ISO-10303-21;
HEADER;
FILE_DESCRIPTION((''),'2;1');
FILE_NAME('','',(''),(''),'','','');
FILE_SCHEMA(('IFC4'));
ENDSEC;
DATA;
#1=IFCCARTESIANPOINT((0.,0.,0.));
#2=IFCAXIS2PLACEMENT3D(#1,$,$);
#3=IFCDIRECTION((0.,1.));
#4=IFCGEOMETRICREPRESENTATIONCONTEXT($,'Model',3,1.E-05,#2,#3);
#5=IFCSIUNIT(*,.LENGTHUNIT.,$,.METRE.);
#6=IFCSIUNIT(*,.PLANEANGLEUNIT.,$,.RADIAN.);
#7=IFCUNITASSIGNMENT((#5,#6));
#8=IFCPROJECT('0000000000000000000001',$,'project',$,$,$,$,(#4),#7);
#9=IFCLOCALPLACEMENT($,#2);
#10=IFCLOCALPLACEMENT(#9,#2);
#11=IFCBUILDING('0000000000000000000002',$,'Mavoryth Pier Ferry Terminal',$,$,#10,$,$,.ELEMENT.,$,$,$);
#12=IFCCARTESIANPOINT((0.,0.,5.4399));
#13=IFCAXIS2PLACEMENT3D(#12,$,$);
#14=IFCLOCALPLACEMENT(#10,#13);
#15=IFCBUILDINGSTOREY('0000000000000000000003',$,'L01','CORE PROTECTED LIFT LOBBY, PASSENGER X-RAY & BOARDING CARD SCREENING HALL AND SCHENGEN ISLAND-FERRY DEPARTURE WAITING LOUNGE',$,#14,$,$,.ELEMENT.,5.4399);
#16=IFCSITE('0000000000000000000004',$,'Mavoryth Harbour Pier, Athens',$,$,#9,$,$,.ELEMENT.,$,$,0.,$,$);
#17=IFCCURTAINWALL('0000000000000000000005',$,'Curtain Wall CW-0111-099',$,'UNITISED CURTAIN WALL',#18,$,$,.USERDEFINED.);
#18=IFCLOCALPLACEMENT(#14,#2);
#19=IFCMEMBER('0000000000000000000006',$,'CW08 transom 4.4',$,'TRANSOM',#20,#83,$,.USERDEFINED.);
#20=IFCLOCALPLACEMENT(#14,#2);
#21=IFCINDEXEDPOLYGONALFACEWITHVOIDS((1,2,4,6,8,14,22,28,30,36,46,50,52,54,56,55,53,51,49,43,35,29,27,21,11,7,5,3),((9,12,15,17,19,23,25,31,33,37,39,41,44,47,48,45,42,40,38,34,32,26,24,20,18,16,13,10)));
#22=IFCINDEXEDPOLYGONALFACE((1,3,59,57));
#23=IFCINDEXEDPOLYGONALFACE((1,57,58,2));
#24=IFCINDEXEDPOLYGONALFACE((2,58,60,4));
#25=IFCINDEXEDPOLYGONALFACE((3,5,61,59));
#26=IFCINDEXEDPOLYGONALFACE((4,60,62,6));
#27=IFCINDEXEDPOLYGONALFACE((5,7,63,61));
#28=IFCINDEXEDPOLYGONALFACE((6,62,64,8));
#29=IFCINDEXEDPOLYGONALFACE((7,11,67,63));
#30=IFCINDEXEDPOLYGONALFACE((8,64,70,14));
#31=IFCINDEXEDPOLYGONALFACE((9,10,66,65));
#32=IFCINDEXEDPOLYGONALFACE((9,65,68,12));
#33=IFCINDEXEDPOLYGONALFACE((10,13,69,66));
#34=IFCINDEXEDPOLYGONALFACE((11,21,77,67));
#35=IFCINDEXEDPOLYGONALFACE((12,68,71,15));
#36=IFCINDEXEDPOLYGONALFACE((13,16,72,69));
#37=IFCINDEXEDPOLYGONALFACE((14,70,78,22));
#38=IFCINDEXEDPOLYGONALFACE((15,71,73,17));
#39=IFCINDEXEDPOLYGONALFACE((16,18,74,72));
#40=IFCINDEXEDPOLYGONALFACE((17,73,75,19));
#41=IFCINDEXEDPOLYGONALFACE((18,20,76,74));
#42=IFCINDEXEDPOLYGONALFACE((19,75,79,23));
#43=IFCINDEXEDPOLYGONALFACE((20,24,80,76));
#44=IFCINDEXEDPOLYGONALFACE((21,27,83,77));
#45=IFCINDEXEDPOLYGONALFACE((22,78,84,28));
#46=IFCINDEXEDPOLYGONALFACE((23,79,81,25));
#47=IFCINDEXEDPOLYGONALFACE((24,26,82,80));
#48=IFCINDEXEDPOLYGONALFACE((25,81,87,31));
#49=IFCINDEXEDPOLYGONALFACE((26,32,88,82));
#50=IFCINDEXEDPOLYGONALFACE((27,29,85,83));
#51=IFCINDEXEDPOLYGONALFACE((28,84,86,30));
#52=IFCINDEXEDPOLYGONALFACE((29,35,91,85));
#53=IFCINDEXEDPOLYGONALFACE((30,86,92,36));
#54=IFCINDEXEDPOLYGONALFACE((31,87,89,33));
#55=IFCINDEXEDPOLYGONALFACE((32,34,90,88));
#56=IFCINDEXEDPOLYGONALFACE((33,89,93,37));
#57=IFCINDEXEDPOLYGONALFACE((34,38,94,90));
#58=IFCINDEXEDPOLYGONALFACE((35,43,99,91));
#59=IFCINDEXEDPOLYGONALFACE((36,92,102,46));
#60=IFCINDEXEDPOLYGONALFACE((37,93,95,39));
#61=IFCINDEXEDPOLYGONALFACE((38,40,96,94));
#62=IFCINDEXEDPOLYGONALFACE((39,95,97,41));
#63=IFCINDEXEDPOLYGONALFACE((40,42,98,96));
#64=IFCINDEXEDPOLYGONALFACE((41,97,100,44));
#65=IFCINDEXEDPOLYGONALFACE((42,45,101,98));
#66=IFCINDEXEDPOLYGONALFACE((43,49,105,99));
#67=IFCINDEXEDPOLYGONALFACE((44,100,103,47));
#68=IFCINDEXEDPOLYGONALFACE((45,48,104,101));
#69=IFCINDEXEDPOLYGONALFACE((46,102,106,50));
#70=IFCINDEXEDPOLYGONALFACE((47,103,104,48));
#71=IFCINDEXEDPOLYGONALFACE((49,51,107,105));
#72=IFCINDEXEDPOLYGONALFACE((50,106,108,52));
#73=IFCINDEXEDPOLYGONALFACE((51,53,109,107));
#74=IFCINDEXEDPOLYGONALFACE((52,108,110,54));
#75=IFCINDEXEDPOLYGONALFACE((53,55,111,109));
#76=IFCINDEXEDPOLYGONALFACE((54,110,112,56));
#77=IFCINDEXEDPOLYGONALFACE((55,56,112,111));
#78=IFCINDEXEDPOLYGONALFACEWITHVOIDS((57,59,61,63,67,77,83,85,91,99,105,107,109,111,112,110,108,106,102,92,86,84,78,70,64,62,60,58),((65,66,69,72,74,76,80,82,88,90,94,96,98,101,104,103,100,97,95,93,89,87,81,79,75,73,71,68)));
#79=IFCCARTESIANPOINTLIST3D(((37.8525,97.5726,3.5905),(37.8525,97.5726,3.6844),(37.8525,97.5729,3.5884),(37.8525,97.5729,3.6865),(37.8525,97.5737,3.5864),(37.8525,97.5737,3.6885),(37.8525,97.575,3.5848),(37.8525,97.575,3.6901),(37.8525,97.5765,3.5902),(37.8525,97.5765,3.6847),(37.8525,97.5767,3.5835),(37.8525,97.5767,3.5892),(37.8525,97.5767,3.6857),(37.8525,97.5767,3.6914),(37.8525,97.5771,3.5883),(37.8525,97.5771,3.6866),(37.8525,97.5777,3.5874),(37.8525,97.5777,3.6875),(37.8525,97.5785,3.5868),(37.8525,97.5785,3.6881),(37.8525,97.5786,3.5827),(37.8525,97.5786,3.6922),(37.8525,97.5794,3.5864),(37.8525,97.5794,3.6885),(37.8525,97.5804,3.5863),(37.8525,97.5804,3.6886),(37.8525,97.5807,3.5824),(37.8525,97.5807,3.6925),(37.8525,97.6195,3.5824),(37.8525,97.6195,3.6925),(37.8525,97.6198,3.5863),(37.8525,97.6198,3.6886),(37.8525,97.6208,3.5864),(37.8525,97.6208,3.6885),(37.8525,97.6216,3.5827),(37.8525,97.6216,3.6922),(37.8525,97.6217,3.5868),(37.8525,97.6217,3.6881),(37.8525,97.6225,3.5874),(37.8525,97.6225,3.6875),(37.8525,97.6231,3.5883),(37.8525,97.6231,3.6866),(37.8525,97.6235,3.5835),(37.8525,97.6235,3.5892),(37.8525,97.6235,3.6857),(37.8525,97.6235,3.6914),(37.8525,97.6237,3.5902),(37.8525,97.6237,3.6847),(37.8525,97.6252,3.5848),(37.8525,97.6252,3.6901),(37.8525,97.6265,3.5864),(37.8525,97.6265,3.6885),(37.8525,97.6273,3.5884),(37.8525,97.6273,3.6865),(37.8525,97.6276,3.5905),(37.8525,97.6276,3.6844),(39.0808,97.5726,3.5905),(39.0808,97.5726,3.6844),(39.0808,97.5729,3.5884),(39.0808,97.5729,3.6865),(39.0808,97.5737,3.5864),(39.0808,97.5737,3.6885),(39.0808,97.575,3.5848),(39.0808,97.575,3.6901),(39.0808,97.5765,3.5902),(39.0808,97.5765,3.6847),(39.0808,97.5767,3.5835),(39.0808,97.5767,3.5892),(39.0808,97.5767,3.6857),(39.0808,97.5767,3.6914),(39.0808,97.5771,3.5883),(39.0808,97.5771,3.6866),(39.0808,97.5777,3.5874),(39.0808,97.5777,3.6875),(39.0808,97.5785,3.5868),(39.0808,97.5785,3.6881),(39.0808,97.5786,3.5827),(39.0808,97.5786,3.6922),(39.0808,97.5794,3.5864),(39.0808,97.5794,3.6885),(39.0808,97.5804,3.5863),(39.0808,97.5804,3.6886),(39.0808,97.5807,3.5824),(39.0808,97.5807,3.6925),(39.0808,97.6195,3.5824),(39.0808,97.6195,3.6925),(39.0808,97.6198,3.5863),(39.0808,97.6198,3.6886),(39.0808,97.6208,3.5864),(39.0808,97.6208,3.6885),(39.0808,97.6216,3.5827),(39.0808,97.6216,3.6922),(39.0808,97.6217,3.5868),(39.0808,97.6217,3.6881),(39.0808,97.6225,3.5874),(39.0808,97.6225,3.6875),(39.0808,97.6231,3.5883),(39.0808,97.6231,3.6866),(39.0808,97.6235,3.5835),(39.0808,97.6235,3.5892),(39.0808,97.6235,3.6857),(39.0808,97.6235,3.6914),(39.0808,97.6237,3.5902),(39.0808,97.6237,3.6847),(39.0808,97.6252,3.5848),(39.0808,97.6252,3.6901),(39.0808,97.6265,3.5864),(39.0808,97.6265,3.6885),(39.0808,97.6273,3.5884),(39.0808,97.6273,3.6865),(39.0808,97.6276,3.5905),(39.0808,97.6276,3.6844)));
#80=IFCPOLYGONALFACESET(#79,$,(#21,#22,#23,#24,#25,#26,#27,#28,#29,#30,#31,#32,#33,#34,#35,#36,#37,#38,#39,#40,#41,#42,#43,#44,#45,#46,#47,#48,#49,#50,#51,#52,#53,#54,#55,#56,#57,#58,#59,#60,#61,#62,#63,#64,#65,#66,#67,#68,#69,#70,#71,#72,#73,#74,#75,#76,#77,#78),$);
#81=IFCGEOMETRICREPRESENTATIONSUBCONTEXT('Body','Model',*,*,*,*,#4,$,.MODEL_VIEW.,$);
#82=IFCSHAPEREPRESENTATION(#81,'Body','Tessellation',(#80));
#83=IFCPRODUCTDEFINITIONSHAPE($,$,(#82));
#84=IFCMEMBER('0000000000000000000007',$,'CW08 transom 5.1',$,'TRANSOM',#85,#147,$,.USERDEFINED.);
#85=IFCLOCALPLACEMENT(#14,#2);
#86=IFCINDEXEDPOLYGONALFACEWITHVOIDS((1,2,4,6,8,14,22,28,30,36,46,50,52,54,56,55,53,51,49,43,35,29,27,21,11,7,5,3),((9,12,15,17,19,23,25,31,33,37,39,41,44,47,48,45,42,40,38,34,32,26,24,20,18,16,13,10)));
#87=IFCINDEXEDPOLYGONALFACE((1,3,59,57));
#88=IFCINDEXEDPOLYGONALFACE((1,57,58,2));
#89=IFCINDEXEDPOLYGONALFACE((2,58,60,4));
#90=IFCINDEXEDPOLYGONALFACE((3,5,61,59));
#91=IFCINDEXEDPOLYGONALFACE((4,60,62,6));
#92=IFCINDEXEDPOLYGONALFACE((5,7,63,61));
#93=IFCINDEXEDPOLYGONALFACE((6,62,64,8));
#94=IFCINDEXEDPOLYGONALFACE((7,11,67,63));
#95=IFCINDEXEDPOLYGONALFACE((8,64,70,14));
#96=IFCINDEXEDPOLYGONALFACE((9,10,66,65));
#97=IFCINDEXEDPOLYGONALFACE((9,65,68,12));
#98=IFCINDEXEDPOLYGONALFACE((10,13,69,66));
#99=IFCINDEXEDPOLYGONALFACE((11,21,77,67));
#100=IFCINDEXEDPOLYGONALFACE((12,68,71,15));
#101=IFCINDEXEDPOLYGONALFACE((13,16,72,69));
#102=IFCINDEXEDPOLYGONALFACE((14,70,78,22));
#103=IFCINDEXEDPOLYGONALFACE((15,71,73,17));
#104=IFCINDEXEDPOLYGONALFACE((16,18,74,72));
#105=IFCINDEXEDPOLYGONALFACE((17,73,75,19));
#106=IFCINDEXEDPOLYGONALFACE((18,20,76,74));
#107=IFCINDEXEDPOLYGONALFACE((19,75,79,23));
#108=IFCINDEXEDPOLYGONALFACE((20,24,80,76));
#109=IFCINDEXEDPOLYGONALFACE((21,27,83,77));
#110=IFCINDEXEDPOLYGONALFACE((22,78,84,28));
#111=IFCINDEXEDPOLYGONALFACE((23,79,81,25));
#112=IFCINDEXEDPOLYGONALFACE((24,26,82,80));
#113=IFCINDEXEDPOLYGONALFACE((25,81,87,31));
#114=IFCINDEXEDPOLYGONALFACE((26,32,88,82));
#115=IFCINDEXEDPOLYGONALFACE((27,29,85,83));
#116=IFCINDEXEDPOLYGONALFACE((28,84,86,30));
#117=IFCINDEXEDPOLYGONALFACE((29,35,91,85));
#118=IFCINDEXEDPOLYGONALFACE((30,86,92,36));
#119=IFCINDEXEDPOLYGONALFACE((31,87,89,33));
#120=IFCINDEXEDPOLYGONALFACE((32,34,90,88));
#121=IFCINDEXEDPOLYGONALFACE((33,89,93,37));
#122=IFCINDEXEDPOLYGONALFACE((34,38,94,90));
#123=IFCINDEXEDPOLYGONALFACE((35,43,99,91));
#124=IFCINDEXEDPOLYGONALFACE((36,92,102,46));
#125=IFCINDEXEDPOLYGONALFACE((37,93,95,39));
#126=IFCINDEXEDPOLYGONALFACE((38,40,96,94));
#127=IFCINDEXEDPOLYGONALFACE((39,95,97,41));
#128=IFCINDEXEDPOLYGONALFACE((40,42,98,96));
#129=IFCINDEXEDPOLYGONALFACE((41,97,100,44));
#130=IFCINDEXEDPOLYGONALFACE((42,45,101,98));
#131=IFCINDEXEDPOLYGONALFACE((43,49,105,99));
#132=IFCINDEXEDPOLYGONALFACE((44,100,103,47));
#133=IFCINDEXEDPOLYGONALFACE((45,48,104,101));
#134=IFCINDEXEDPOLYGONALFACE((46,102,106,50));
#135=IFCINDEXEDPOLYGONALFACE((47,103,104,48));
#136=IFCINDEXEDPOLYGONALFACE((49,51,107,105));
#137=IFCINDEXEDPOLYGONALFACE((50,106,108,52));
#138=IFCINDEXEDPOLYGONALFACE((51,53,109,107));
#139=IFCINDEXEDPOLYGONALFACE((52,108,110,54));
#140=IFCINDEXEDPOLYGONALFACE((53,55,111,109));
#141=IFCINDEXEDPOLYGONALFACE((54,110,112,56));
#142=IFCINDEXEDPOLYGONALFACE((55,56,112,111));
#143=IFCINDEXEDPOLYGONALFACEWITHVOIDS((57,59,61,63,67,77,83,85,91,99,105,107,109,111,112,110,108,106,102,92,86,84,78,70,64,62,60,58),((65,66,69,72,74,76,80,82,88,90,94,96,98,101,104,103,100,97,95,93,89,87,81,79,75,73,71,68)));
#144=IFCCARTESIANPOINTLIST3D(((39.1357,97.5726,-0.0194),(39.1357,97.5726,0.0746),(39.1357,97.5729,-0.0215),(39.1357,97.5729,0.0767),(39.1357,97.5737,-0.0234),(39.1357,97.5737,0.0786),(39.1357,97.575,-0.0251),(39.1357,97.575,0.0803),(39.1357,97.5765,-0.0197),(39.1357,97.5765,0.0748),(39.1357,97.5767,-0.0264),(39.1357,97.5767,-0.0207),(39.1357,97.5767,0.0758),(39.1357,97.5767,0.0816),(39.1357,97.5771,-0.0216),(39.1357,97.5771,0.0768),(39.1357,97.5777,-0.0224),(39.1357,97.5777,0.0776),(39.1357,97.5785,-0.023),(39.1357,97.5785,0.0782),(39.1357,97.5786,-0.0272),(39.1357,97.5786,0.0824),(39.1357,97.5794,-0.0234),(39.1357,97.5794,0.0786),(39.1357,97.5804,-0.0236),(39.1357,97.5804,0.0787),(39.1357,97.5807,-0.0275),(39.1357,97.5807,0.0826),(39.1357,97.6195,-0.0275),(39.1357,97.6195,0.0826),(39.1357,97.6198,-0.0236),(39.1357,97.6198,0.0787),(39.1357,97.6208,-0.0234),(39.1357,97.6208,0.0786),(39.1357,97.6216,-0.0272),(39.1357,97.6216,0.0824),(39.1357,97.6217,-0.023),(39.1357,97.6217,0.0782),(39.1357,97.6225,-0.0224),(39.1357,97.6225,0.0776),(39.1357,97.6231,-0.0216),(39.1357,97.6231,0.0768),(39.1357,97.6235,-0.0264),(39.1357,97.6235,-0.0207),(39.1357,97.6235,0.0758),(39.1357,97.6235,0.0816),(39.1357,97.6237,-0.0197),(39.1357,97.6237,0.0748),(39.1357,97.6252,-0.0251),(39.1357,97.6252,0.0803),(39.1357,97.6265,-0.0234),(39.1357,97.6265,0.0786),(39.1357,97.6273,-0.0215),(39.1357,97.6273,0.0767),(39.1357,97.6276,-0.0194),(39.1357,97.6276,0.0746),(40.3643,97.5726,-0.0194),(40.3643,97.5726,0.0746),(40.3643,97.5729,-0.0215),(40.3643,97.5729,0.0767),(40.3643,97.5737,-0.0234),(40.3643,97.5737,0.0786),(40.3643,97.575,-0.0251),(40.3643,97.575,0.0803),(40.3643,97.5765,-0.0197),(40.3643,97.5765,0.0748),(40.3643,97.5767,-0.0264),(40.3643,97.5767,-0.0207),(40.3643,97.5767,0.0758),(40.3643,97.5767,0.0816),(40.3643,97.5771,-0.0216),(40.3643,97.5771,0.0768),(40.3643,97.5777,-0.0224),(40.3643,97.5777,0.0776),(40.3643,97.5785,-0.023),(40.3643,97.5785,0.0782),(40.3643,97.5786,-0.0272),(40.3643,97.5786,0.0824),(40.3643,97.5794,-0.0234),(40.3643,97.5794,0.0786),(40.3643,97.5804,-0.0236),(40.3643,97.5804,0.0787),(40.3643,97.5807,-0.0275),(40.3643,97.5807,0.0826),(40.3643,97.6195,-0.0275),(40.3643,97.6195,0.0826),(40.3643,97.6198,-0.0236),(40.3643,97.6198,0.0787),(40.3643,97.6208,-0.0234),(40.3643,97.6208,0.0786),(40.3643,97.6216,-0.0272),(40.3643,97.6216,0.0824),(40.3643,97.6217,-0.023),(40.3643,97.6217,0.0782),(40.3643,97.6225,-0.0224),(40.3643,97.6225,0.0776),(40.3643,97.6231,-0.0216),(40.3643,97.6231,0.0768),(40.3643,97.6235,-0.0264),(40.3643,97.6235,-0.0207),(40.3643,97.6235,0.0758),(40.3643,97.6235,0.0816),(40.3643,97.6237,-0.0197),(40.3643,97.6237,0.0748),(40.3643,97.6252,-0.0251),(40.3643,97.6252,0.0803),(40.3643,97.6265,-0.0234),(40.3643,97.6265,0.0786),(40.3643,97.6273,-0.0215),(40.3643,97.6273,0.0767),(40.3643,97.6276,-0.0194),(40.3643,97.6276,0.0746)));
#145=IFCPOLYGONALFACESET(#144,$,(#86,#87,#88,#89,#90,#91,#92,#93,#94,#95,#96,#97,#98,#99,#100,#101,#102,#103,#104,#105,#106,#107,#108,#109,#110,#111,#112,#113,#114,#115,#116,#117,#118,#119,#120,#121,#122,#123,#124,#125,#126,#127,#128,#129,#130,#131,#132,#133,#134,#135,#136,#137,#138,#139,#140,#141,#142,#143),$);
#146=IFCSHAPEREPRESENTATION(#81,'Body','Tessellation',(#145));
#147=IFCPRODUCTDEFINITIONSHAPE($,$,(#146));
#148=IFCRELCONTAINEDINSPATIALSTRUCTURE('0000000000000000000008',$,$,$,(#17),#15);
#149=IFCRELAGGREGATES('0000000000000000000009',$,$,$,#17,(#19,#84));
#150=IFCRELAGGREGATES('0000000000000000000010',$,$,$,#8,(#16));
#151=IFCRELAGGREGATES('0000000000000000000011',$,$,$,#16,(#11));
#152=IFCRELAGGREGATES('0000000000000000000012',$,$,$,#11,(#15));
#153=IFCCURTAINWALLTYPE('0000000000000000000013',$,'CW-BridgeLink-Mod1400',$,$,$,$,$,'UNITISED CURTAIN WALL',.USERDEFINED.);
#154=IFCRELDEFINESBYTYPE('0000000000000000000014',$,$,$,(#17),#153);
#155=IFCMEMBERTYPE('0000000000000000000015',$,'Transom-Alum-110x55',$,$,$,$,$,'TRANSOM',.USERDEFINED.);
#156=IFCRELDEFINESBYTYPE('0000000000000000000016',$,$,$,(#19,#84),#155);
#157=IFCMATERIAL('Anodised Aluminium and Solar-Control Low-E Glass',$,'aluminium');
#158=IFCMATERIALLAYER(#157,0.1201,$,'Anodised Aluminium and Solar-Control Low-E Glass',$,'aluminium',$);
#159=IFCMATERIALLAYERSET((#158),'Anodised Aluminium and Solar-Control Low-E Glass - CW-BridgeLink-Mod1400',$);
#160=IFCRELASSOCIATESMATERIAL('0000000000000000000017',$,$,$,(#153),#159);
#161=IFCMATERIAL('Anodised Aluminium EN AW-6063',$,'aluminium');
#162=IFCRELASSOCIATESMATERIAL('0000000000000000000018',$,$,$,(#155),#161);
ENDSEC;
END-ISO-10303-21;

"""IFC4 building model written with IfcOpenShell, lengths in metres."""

from ifc_helpers import new_model, si_unit, direction, frame, origin, origin_2d, place, context, subcontext, project, spatial, hollow_rectangle, extrude, material, layer, layer_set, material_profile, profile_set, type_object, element, aggregate, save


model = new_model("IFC4")

# Units and contexts
model_context = context("Model", 3, precision=1e-05, world=origin(), true_north=direction((0.0, 1.0)))
body_context = subcontext(model_context, "Body", "Model", "MODEL_VIEW")
ifc_project = project(units=[si_unit("LENGTHUNIT", "METRE"), si_unit("PLANEANGLEUNIT", "RADIAN")], contexts=[model_context])

# Site, building, storey
site_placement = place(None, origin())
site = spatial("IfcSite", under=ifc_project, at=site_placement, Name="Mavoryth Harbour Pier, Athens", CompositionType="ELEMENT", RefElevation=0.0)
building_placement = place(site_placement, origin())
building = spatial("IfcBuilding", under=site, at=building_placement, Name="Mavoryth Pier Ferry Terminal", CompositionType="ELEMENT")
storey_placement = place(building_placement, frame((0.0, 0.0, 5.4399)))
storey = spatial("IfcBuildingStorey", under=building, at=storey_placement, Name="L01", Description="CORE PROTECTED LIFT LOBBY, PASSENGER X-RAY & BOARDING CARD SCREENING HALL AND SCHENGEN ISLAND-FERRY DEPARTURE WAITING LOUNGE", CompositionType="ELEMENT", Elevation=5.4399)

# Curtain wall
ifc_material_1 = material(Name="Anodised Aluminium and Solar-Control Low-E Glass", Category="aluminium")
ifc_layer_1 = layer(ifc_material_1, 0.1201, Name="Anodised Aluminium and Solar-Control Low-E Glass", Category="aluminium")
ifc_layer_set_1 = layer_set([ifc_layer_1], Name="Anodised Aluminium and Solar-Control Low-E Glass - CW-BridgeLink-Mod1400")
curtain_wall_type = type_object("IfcCurtainWallType", Name="CW-BridgeLink-Mod1400", ElementType="UNITISED CURTAIN WALL", PredefinedType="USERDEFINED", material=ifc_layer_set_1)
curtain_wall_1_placement = place(storey_placement, origin())
curtain_wall_1 = element("IfcCurtainWall", 1, at=curtain_wall_1_placement, inside=storey, type_object=curtain_wall_type, Name="Curtain Wall CW-0111-099", ObjectType="UNITISED CURTAIN WALL", PredefinedType="USERDEFINED")
ifc_material_2 = material(Name="Anodised Aluminium EN AW-6063", Category="aluminium")

# Members
ifc_material_profile_1 = material_profile(ifc_material_2, hollow_rectangle(XDim=0.0549, YDim=0.1101, WallThickness=0.0039, InnerFilletRadius=0.0039, OuterFilletRadius=0.0081, at=origin_2d()), Name="AL-TRAN 110x55x4", Category="aluminium")
ifc_profile_set_1 = profile_set([ifc_material_profile_1], Name="Anodised Aluminium EN AW-6063 - AL-TRAN 110x55x4")
member_type_1 = type_object("IfcMemberType", Name="Transom-Alum-110x55", ElementType="TRANSOM", PredefinedType="USERDEFINED", material=ifc_profile_set_1)
member_1_placement = place(storey_placement, frame((37.8525, 97.6001, 3.6375), z_axis=(1.0, 0.0, 0.0), x_axis=(0.0, 1.0, 0.0)))
member_1 = element("IfcMember", 2, at=member_1_placement, type_object=member_type_1, Name="CW08 transom 4.4", ObjectType="TRANSOM", PredefinedType="USERDEFINED", context=body_context, shape_type="SweptSolid", body=[
    extrude(hollow_rectangle(XDim=0.0549, YDim=0.1101, WallThickness=0.0039, InnerFilletRadius=0.0039, OuterFilletRadius=0.0081, at=origin_2d()), origin(), (0.0, 0.0, 1.0), 1.2283),
])
member_2_placement = place(storey_placement, frame((39.1357, 97.6001, 0.0276), z_axis=(1.0, 0.0, 0.0), x_axis=(0.0, 1.0, 0.0)))
member_2 = element("IfcMember", 3, at=member_2_placement, type_object=member_type_1, Name="CW08 transom 5.1", ObjectType="TRANSOM", PredefinedType="USERDEFINED", context=body_context, shape_type="SweptSolid", body=[
    extrude(hollow_rectangle(XDim=0.0549, YDim=0.1101, WallThickness=0.0039, InnerFilletRadius=0.0039, OuterFilletRadius=0.0081, at=origin_2d()), origin(), (0.0, 0.0, 1.0), 1.2285),
])

aggregate(curtain_wall_1, [member_1, member_2])

save(model, "model.ifc")
